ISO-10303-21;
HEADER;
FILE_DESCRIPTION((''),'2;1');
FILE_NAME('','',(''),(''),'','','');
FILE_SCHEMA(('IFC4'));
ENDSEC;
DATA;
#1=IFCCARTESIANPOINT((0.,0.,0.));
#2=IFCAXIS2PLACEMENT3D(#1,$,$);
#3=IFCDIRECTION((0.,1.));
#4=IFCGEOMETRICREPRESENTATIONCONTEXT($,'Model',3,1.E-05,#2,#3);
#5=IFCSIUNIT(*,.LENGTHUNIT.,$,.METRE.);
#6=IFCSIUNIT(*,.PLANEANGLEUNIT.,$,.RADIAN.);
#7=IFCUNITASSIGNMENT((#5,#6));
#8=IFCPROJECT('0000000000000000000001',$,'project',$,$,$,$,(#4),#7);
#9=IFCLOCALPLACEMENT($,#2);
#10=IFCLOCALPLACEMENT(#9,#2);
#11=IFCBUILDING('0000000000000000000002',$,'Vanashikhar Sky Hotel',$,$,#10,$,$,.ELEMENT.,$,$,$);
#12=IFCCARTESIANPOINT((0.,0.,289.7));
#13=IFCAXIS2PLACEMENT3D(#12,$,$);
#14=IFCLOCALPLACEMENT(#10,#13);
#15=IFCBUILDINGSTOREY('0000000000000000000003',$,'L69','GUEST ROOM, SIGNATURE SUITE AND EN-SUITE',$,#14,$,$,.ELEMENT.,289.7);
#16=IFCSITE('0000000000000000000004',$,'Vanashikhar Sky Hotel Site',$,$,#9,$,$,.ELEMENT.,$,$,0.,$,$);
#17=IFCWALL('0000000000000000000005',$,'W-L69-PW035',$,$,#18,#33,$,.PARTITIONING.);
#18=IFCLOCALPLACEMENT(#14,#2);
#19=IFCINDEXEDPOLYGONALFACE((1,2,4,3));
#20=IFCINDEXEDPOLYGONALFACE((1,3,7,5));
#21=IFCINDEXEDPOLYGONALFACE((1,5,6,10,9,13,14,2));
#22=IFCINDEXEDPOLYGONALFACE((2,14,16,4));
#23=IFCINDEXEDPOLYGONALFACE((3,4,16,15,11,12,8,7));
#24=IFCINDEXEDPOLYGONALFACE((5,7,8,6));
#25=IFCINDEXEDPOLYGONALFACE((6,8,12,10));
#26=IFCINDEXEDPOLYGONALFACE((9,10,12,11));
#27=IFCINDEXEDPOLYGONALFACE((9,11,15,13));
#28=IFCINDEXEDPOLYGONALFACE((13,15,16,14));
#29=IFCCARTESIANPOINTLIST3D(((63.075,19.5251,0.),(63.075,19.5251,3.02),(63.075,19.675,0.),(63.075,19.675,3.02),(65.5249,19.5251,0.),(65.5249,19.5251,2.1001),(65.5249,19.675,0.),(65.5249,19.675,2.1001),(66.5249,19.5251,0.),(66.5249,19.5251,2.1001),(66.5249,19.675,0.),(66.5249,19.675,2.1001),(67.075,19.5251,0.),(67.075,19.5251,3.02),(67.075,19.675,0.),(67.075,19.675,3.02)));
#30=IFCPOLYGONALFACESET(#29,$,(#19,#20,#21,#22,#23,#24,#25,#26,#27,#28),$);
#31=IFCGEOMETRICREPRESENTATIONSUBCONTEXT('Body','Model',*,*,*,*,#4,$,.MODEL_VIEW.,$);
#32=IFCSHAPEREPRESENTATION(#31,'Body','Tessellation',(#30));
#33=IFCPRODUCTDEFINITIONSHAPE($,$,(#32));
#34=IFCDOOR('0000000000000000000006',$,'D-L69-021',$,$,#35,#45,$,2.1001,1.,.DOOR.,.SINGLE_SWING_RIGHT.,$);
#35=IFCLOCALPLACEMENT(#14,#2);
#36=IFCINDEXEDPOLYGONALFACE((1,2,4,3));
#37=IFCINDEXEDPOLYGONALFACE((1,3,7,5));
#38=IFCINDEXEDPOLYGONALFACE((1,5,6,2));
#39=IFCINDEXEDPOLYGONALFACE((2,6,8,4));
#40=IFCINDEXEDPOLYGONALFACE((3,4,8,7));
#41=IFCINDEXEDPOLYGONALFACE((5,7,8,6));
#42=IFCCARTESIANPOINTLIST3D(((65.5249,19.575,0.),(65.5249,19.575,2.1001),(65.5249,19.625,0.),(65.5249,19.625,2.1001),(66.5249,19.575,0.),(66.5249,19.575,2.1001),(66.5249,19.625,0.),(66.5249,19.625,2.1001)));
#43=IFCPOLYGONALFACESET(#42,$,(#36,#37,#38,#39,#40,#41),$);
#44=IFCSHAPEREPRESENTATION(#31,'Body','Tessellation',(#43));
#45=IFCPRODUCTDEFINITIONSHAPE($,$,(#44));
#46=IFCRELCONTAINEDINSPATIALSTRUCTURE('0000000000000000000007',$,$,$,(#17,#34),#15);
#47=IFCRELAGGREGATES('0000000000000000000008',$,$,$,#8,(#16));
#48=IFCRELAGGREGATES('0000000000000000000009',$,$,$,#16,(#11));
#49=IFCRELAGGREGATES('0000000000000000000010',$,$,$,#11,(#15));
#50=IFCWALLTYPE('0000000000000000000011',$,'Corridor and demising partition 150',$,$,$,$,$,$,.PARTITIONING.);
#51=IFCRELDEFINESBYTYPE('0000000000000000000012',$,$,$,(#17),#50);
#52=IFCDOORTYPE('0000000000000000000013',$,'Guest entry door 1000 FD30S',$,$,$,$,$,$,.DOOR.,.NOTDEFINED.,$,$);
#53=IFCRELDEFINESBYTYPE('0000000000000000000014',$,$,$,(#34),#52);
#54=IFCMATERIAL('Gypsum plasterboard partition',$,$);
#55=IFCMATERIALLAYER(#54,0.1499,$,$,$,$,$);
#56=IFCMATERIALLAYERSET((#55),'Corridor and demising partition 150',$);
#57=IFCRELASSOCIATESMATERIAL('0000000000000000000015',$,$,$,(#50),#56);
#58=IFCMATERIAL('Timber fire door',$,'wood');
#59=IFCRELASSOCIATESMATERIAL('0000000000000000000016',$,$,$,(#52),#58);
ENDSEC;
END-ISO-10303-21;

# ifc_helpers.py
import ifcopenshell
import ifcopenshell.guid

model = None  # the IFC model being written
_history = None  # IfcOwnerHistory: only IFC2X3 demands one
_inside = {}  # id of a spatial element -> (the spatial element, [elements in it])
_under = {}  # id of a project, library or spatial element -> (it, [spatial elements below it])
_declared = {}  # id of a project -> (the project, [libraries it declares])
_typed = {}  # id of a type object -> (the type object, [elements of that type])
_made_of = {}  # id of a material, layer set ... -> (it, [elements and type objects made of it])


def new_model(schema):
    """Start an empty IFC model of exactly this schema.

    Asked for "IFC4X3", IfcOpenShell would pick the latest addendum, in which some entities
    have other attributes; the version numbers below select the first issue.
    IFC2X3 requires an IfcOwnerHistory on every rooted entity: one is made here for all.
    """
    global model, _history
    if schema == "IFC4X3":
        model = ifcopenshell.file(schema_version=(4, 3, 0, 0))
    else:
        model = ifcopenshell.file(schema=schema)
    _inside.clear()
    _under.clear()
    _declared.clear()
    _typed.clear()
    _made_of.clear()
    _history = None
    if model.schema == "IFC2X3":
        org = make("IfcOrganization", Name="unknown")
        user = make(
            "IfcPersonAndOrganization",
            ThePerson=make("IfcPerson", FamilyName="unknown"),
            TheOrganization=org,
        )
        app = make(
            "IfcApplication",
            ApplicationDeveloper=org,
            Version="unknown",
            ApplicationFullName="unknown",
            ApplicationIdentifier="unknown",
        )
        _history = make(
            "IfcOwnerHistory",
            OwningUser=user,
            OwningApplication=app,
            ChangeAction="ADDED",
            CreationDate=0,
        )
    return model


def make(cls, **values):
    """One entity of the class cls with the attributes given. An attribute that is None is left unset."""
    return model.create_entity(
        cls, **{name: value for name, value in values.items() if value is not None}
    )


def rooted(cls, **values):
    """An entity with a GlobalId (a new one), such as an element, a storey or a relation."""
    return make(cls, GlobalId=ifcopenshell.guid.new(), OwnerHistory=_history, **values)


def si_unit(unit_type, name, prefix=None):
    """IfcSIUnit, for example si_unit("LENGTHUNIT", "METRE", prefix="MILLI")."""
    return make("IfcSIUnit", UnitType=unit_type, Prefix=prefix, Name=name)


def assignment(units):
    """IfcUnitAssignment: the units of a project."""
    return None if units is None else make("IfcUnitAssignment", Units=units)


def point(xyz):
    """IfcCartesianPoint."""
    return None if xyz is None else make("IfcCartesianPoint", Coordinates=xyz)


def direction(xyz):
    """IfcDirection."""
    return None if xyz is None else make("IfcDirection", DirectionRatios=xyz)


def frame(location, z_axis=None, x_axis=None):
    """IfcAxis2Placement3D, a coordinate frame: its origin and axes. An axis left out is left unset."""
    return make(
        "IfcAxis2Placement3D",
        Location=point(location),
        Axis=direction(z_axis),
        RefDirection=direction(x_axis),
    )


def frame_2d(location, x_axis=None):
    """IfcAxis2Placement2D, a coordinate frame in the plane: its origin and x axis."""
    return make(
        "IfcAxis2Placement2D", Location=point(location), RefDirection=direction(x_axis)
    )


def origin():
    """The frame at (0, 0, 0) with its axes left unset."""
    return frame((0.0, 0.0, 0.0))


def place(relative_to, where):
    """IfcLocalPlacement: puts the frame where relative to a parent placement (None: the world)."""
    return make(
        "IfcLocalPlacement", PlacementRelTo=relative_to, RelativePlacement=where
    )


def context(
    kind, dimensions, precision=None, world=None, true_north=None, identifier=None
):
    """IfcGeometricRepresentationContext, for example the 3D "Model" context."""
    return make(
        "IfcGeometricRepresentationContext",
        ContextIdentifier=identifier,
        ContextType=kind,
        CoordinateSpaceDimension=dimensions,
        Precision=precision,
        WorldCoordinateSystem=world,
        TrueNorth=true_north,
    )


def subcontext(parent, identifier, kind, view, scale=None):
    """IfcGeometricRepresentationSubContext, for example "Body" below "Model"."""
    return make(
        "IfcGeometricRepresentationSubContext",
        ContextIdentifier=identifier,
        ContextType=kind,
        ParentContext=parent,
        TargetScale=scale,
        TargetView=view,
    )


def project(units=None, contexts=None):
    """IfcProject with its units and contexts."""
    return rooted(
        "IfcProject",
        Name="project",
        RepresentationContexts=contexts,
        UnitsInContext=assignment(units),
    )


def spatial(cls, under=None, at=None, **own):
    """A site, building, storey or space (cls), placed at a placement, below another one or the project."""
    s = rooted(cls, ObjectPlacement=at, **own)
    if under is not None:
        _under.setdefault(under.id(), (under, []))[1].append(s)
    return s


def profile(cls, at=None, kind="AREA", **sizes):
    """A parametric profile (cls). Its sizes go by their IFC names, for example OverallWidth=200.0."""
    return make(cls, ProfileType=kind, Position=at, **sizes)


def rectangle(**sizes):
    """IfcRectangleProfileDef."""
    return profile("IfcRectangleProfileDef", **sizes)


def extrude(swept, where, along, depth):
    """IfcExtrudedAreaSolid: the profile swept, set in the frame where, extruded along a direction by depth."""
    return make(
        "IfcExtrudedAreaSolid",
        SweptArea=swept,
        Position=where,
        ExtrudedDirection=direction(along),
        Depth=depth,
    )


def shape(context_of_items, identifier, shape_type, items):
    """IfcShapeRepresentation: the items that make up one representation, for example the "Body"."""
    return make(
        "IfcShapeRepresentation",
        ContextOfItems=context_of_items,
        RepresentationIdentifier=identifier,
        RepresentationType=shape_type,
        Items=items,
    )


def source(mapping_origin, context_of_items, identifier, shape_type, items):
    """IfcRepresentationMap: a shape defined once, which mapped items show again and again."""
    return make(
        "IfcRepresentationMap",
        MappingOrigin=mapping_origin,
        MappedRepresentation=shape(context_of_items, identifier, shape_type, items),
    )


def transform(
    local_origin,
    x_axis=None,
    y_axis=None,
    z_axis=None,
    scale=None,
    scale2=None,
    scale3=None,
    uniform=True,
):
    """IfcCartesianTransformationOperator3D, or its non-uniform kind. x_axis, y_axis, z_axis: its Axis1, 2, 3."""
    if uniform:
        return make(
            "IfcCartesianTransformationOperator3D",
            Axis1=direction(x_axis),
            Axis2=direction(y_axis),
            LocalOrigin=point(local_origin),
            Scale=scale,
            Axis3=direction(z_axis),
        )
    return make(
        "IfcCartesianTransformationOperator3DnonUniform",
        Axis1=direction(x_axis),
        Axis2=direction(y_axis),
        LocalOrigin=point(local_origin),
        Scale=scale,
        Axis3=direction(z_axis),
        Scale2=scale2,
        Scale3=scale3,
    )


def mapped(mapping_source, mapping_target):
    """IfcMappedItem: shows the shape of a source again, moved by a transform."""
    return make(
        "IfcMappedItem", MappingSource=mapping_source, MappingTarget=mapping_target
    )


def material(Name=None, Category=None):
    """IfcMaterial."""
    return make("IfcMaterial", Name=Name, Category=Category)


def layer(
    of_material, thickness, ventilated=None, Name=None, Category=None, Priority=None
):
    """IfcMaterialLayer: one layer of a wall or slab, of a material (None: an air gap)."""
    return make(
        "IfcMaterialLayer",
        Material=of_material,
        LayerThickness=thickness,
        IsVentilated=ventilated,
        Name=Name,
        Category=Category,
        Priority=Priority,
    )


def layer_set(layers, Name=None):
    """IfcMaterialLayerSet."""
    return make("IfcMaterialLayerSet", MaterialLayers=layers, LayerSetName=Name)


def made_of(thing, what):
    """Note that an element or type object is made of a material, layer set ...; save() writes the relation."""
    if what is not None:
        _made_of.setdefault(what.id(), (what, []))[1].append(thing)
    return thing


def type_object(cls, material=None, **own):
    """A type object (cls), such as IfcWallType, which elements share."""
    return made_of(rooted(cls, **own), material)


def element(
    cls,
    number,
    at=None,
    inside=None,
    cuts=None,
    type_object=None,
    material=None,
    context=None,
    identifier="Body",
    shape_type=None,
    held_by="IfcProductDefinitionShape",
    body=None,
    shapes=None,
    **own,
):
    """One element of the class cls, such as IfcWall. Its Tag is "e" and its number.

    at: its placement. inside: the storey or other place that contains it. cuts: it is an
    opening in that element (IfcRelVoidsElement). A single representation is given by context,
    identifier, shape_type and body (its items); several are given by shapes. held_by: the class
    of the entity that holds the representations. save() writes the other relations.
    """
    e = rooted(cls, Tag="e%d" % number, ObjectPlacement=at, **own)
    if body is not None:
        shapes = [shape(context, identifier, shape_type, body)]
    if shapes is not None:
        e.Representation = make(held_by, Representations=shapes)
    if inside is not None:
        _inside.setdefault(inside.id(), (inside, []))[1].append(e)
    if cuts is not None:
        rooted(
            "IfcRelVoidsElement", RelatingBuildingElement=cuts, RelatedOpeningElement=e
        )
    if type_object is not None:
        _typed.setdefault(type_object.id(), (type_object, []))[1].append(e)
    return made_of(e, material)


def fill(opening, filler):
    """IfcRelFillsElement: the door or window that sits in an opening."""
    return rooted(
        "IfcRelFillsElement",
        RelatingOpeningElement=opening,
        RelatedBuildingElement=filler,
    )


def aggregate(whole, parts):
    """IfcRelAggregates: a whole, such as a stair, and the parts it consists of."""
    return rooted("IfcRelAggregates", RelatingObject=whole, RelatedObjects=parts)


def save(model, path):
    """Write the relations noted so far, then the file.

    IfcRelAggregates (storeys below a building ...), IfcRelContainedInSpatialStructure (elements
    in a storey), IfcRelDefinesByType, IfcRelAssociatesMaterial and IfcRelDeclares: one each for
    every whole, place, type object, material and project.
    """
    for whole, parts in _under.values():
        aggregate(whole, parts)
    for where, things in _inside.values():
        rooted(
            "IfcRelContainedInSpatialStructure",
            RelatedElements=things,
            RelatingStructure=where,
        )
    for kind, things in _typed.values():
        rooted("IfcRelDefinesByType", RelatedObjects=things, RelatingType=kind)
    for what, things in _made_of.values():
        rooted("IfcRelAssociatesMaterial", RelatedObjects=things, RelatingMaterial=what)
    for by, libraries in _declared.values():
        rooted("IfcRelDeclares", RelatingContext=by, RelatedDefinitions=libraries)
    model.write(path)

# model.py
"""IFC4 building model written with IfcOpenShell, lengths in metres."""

from ifc_helpers import new_model, si_unit, direction, frame, frame_2d, origin, place, context, subcontext, project, spatial, rectangle, extrude, source, transform, mapped, material, layer, layer_set, type_object, element, fill, save


model = new_model("IFC4")

# Units and contexts
model_context = context("Model", 3, precision=1e-05, world=origin(), true_north=direction((0.0, 1.0)))
body_context = subcontext(model_context, "Body", "Model", "MODEL_VIEW")
ifc_project = project(units=[si_unit("LENGTHUNIT", "METRE"), si_unit("PLANEANGLEUNIT", "RADIAN")], contexts=[model_context])

# Site, building, storey
site_placement = place(None, origin())
site = spatial("IfcSite", under=ifc_project, at=site_placement, Name="Vanashikhar Sky Hotel Site", CompositionType="ELEMENT", RefElevation=0.0)
building_placement = place(site_placement, origin())
building = spatial("IfcBuilding", under=site, at=building_placement, Name="Vanashikhar Sky Hotel", CompositionType="ELEMENT")
storey_placement = place(building_placement, frame((0.0, 0.0, 289.7)))
storey = spatial("IfcBuildingStorey", under=building, at=storey_placement, Name="L69", Description="GUEST ROOM, SIGNATURE SUITE AND EN-SUITE", CompositionType="ELEMENT", Elevation=289.7)

# Shared definitions
ifc_material_1 = material(Name="Gypsum plasterboard partition")

# Wall, opening, door
ifc_layer_1 = layer(ifc_material_1, 0.1499)
ifc_layer_set_1 = layer_set([ifc_layer_1], Name="Corridor and demising partition 150")
wall_type_1 = type_object("IfcWallType", Name="Corridor and demising partition 150", PredefinedType="PARTITIONING", material=ifc_layer_set_1)
shared_shape_1 = source(origin(), body_context, "Body", "SweptSolid", [
    extrude(rectangle(XDim=4.0, YDim=0.1499, at=frame_2d((2.0, 0.0))), origin(), (0.0, 0.0, 1.0), 3.02),
])
shared_shape_2 = source(origin(), body_context, "Body", "SweptSolid", [
    extrude(rectangle(XDim=1.0, YDim=2.1001, at=frame_2d((0.5, 1.05))), frame((0.0, 0.085, 0.0), z_axis=(0.0, -1.0, 0.0), x_axis=(1.0, 0.0, 0.0)), (0.0, 0.0, 1.0), 0.1699),
])
ifc_material_2 = material(Name="Timber fire door", Category="wood")
door_type_1 = type_object("IfcDoorType", Name="Guest entry door 1000 FD30S", OperationType="NOTDEFINED", PredefinedType="DOOR", material=ifc_material_2)
shared_shape_3 = source(origin(), body_context, "Body", "SweptSolid", [
    extrude(rectangle(XDim=1.0, YDim=2.1001, at=frame_2d((0.5, 1.05))), frame((0.0, 0.0249, 0.0), z_axis=(0.0, -1.0, 0.0), x_axis=(1.0, 0.0, 0.0)), (0.0, 0.0, 1.0), 0.05),
])
wall_1_placement = place(storey_placement, frame((63.075, 19.6001, 0.0), z_axis=(0.0, 0.0, 1.0), x_axis=(1.0, 0.0, 0.0)))
wall_1 = element("IfcWall", 1, at=wall_1_placement, inside=storey, type_object=wall_type_1, Name="W-L69-PW035", PredefinedType="PARTITIONING", context=body_context, shape_type="MappedRepresentation", body=[
    mapped(shared_shape_1, transform((0.0, 0.0, 0.0), scale=1.0)),
])
opening_1_placement = place(wall_1_placement, frame((2.45, 0.0, 0.0)))
opening_1 = element("IfcOpeningElement", 2, at=opening_1_placement, cuts=wall_1, PredefinedType="OPENING", context=body_context, shape_type="MappedRepresentation", body=[
    mapped(shared_shape_2, transform((0.0, 0.0, 0.0), scale=1.0)),
])
door_1_placement = place(opening_1_placement, origin())
door_1 = element("IfcDoor", 3, at=door_1_placement, inside=storey, type_object=door_type_1, Name="D-L69-021", OperationType="SINGLE_SWING_RIGHT", OverallHeight=2.1001, OverallWidth=1.0, PredefinedType="DOOR", context=body_context, shape_type="MappedRepresentation", body=[
    mapped(shared_shape_3, transform((0.0, 0.0, 0.0), scale=1.0)),
])
fill(opening_1, door_1)

save(model, "model.ifc")
